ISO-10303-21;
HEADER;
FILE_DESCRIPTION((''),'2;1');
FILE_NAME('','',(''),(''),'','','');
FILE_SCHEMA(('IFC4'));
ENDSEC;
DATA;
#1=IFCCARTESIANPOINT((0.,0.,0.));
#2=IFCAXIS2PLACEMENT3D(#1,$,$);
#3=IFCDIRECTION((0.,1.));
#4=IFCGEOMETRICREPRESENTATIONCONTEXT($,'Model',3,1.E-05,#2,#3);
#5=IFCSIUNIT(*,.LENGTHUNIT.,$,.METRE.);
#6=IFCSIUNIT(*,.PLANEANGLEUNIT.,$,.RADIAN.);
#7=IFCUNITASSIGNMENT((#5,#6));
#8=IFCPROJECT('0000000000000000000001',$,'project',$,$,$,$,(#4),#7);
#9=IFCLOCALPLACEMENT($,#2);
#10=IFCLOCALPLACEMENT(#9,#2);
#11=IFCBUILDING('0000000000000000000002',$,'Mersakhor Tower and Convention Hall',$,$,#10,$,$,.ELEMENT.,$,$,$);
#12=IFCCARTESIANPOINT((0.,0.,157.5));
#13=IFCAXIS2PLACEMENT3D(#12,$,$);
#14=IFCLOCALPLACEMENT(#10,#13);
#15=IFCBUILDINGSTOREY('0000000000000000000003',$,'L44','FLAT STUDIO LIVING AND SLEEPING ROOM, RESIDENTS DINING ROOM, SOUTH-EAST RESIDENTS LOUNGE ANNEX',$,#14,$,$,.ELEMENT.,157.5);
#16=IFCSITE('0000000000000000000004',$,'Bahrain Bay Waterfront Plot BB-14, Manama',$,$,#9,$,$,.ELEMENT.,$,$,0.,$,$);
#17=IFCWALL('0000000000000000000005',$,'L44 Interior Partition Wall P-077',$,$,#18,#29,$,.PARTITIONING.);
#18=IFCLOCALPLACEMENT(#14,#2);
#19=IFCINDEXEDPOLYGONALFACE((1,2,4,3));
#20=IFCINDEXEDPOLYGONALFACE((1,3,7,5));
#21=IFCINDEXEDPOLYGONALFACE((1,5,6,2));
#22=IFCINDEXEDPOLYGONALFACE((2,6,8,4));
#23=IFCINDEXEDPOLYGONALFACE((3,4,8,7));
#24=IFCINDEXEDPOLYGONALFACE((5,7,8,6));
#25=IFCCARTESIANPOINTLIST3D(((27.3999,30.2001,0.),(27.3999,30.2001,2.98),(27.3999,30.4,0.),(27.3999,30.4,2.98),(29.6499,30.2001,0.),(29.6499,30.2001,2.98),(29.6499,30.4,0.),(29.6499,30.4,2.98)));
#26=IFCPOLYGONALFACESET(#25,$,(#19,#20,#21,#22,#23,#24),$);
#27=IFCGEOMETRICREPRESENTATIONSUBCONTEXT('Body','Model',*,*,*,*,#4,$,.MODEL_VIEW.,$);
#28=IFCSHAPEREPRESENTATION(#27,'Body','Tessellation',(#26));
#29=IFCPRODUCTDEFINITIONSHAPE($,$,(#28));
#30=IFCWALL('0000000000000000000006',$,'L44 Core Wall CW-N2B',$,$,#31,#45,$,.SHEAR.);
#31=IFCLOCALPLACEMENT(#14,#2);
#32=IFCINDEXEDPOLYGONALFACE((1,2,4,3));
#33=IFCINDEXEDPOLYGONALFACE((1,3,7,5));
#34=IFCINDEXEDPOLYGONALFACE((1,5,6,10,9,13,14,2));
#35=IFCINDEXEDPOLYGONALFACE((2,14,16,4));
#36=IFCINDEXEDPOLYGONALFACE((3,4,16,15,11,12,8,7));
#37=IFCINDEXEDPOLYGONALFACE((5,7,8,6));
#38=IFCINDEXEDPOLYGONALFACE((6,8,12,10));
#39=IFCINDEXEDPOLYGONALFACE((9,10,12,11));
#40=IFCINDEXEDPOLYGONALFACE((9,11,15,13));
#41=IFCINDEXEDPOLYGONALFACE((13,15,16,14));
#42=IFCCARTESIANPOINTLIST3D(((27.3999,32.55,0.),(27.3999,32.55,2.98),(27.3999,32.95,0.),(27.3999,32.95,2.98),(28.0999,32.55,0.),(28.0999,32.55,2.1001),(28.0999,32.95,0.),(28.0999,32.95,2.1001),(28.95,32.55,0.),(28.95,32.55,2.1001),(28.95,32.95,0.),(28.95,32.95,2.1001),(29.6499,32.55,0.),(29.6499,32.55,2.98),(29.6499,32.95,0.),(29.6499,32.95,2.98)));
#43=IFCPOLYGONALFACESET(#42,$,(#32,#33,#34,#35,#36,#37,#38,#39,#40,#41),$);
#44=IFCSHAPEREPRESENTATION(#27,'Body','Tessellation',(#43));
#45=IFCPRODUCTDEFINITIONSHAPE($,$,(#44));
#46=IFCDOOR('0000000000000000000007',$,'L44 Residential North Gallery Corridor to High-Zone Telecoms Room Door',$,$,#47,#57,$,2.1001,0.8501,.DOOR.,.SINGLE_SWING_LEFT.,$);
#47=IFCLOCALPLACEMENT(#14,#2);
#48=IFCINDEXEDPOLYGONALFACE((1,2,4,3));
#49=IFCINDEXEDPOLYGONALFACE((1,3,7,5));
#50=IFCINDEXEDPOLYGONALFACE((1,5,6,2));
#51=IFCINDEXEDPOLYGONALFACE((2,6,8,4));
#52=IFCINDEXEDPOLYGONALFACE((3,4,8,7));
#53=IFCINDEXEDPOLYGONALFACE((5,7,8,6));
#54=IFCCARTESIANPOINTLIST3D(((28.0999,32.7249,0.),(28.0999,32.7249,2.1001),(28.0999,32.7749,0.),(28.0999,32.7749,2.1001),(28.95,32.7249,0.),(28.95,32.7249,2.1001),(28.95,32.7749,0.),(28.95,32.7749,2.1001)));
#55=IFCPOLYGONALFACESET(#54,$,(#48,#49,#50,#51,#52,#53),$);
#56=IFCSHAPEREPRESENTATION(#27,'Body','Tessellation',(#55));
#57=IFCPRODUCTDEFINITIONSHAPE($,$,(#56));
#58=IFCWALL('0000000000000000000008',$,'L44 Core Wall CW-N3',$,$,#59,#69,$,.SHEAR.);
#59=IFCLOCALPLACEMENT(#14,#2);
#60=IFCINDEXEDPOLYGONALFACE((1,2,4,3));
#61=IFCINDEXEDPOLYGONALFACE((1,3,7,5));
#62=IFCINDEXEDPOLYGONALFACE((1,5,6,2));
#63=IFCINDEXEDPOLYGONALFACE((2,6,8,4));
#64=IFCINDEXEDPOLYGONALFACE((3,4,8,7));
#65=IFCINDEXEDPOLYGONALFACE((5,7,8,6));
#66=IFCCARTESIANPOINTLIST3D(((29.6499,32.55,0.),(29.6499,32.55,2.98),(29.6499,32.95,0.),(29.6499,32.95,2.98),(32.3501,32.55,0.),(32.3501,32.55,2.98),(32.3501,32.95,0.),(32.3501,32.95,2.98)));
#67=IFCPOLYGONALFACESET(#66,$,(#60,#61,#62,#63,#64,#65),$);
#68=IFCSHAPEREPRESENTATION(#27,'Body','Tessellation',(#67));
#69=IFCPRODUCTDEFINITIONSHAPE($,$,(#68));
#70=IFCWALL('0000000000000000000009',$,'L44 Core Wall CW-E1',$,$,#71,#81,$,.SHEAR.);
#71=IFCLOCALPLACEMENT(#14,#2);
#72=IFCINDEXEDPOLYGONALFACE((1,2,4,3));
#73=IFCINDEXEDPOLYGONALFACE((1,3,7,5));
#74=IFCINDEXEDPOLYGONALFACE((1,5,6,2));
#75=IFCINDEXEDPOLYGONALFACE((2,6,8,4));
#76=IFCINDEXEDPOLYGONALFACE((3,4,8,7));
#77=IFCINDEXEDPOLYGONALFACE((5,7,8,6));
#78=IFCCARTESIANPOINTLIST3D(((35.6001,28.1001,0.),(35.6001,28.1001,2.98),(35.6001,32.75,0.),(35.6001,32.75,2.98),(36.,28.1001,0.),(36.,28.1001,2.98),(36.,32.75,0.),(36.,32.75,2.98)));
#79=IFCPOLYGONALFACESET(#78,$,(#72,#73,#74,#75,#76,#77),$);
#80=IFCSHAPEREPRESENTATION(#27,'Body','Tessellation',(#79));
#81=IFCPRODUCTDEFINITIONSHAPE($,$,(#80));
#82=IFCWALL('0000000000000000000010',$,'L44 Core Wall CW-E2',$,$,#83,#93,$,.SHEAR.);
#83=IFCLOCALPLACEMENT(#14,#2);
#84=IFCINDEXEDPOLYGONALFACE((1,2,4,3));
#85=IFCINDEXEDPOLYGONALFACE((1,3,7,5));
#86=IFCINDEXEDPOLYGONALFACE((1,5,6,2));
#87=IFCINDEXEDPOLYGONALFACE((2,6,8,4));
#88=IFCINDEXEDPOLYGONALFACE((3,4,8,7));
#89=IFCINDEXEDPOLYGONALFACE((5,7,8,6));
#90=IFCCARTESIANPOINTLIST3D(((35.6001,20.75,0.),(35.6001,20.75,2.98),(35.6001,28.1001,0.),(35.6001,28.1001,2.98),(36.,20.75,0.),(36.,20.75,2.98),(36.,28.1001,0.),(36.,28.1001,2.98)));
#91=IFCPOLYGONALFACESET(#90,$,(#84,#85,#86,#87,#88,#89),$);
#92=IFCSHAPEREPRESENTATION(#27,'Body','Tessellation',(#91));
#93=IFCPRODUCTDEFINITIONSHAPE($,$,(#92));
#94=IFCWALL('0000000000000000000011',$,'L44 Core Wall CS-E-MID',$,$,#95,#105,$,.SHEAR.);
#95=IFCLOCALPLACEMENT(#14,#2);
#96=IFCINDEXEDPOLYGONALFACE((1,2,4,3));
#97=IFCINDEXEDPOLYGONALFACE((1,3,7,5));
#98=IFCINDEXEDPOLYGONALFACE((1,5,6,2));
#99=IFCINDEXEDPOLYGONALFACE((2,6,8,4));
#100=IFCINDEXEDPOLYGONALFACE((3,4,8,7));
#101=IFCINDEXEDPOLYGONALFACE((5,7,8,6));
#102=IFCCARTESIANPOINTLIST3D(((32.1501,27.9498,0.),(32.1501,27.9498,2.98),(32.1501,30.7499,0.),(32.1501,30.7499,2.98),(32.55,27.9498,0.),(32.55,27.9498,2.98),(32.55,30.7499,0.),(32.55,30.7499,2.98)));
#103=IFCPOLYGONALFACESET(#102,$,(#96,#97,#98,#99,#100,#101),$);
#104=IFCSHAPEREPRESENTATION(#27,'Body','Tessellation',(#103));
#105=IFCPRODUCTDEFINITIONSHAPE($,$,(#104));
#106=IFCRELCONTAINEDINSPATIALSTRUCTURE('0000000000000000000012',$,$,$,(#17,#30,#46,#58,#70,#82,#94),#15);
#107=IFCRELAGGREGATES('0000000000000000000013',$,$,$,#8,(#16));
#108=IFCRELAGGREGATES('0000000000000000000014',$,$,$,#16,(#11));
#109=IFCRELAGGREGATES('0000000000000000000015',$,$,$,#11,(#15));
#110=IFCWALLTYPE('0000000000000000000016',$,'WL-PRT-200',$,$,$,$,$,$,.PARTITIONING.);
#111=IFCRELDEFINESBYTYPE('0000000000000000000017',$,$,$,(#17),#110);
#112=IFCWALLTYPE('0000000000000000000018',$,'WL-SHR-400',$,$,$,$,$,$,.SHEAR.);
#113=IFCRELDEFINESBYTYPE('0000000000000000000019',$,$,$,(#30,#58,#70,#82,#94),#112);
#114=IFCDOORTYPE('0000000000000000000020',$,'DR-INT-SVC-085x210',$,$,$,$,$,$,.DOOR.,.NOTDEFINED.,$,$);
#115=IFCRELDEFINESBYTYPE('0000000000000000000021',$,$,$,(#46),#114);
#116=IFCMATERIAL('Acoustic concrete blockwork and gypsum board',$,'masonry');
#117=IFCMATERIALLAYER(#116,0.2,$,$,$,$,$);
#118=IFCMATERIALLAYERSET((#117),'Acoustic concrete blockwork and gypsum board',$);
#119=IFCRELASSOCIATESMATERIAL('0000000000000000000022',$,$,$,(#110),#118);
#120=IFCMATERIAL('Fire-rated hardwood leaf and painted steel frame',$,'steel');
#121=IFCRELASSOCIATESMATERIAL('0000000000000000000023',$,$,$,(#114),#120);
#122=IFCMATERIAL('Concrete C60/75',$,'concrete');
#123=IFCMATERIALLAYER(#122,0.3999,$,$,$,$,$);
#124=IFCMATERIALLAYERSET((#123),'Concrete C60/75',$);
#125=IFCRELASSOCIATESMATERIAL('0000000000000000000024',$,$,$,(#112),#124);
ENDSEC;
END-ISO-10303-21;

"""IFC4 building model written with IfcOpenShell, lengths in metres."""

from ifc_helpers import new_model, si_unit, direction, frame, frame_2d, origin, place, context, subcontext, project, spatial, rectangle, extrude, material, layer, layer_set, type_object, element, fill, save


model = new_model("IFC4")

# Units and contexts
model_context = context("Model", 3, precision=1e-05, world=origin(), true_north=direction((0.0, 1.0)))
body_context = subcontext(model_context, "Body", "Model", "MODEL_VIEW")
ifc_project = project(units=[si_unit("LENGTHUNIT", "METRE"), si_unit("PLANEANGLEUNIT", "RADIAN")], contexts=[model_context])

# Site, building, storey
site_placement = place(None, origin())
site = spatial("IfcSite", under=ifc_project, at=site_placement, Name="Bahrain Bay Waterfront Plot BB-14, Manama", CompositionType="ELEMENT", RefElevation=0.0)
building_placement = place(site_placement, origin())
building = spatial("IfcBuilding", under=site, at=building_placement, Name="Mersakhor Tower and Convention Hall", CompositionType="ELEMENT")
storey_placement = place(building_placement, frame((0.0, 0.0, 157.5)))
storey = spatial("IfcBuildingStorey", under=building, at=storey_placement, Name="L44", Description="FLAT STUDIO LIVING AND SLEEPING ROOM, RESIDENTS DINING ROOM, SOUTH-EAST RESIDENTS LOUNGE ANNEX", CompositionType="ELEMENT", Elevation=157.5)

# Shared definitions
ifc_material_1 = material(Name="Acoustic concrete blockwork and gypsum board", Category="masonry")
ifc_layer_1 = layer(ifc_material_1, 0.2)
ifc_layer_set_1 = layer_set([ifc_layer_1], Name="Acoustic concrete blockwork and gypsum board")
wall_type_1 = type_object("IfcWallType", Name="WL-PRT-200", PredefinedType="PARTITIONING", material=ifc_layer_set_1)

# Shared definitions
ifc_material_2 = material(Name="Fire-rated hardwood leaf and painted steel frame", Category="steel")
door_type_1 = type_object("IfcDoorType", Name="DR-INT-SVC-085x210", OperationType="NOTDEFINED", PredefinedType="DOOR", material=ifc_material_2)

# Wall
wall_1_placement = place(storey_placement, frame((27.3999, 30.3, 0.0), z_axis=(0.0, 0.0, 1.0), x_axis=(1.0, 0.0, 0.0)))
element("IfcWall", 1, at=wall_1_placement, inside=storey, type_object=wall_type_1, Name="L44 Interior Partition Wall P-077", PredefinedType="PARTITIONING", context=body_context, shape_type="SweptSolid", body=[
    extrude(rectangle(XDim=2.25, YDim=0.2, at=frame_2d((1.125, 0.0))), origin(), (0.0, 0.0, 1.0), 2.98),
])

# Wall, opening, door
ifc_material_3 = material(Name="Concrete C60/75", Category="concrete")
ifc_layer_2 = layer(ifc_material_3, 0.3999)
ifc_layer_set_2 = layer_set([ifc_layer_2], Name="Concrete C60/75")
wall_type_2 = type_object("IfcWallType", Name="WL-SHR-400", PredefinedType="SHEAR", material=ifc_layer_set_2)
wall_2_placement = place(storey_placement, frame((27.3999, 32.75, 0.0), z_axis=(0.0, 0.0, 1.0), x_axis=(1.0, 0.0, 0.0)))
wall_2 = element("IfcWall", 2, at=wall_2_placement, inside=storey, type_object=wall_type_2, Name="L44 Core Wall CW-N2B", PredefinedType="SHEAR", context=body_context, shape_type="SweptSolid", body=[
    extrude(rectangle(XDim=2.25, YDim=0.3999, at=frame_2d((1.125, 0.0))), origin(), (0.0, 0.0, 1.0), 2.98),
])
opening_1_placement = place(wall_2_placement, frame((0.7, 0.0, 0.0)))
opening_1 = element("IfcOpeningElement", 3, at=opening_1_placement, cuts=wall_2, PredefinedType="OPENING", context=body_context, shape_type="SweptSolid", body=[
    extrude(rectangle(XDim=0.8501, YDim=2.1001, at=frame_2d((0.425, 1.05))), frame((0.0, 0.21, 0.0), z_axis=(0.0, -1.0, 0.0), x_axis=(1.0, 0.0, 0.0)), (0.0, 0.0, 1.0), 0.4199),
])
door_1_placement = place(opening_1_placement, origin())
door_1 = element("IfcDoor", 4, at=door_1_placement, inside=storey, type_object=door_type_1, Name="L44 Residential North Gallery Corridor to High-Zone Telecoms Room Door", OperationType="SINGLE_SWING_LEFT", OverallHeight=2.1001, OverallWidth=0.8501, PredefinedType="DOOR", context=body_context, shape_type="SweptSolid", body=[
    extrude(rectangle(XDim=0.8501, YDim=2.1001, at=frame_2d((0.425, 1.05))), frame((0.0, 0.0249, 0.0), z_axis=(0.0, -1.0, 0.0), x_axis=(1.0, 0.0, 0.0)), (0.0, 0.0, 1.0), 0.05),
])
fill(opening_1, door_1)

# Wall
wall_3_placement = place(storey_placement, frame((29.6499, 32.75, 0.0), z_axis=(0.0, 0.0, 1.0), x_axis=(1.0, 0.0, 0.0)))
element("IfcWall", 5, at=wall_3_placement, inside=storey, type_object=wall_type_2, Name="L44 Core Wall CW-N3", PredefinedType="SHEAR", context=body_context, shape_type="SweptSolid", body=[
    extrude(rectangle(XDim=2.7002, YDim=0.3999, at=frame_2d((1.3501, 0.0))), origin(), (0.0, 0.0, 1.0), 2.98),
])

# Walls
wall_4_placement = place(storey_placement, frame((35.8, 32.75, 0.0), z_axis=(0.0, 0.0, 1.0), x_axis=(0.0, -1.0, 0.0)))
element("IfcWall", 6, at=wall_4_placement, inside=storey, type_object=wall_type_2, Name="L44 Core Wall CW-E1", PredefinedType="SHEAR", context=body_context, shape_type="SweptSolid", body=[
    extrude(rectangle(XDim=4.6499, YDim=0.3999, at=frame_2d((2.325, 0.0))), origin(), (0.0, 0.0, 1.0), 2.98),
])
wall_5_placement = place(storey_placement, frame((35.8, 28.1001, 0.0), z_axis=(0.0, 0.0, 1.0), x_axis=(0.0, -1.0, 0.0)))
element("IfcWall", 7, at=wall_5_placement, inside=storey, type_object=wall_type_2, Name="L44 Core Wall CW-E2", PredefinedType="SHEAR", context=body_context, shape_type="SweptSolid", body=[
    extrude(rectangle(XDim=7.3501, YDim=0.3999, at=frame_2d((3.675, 0.0))), origin(), (0.0, 0.0, 1.0), 2.98),
])
wall_6_placement = place(storey_placement, frame((32.3501, 27.95, 0.0), z_axis=(0.0, 0.0, 1.0), x_axis=(0.0, 1.0, 0.0)))
element("IfcWall", 8, at=wall_6_placement, inside=storey, type_object=wall_type_2, Name="L44 Core Wall CS-E-MID", PredefinedType="SHEAR", context=body_context, shape_type="SweptSolid", body=[
    extrude(rectangle(XDim=2.8, YDim=0.3999, at=frame_2d((1.3999, 0.0))), origin(), (0.0, 0.0, 1.0), 2.98),
])

save(model, "model.ifc")
